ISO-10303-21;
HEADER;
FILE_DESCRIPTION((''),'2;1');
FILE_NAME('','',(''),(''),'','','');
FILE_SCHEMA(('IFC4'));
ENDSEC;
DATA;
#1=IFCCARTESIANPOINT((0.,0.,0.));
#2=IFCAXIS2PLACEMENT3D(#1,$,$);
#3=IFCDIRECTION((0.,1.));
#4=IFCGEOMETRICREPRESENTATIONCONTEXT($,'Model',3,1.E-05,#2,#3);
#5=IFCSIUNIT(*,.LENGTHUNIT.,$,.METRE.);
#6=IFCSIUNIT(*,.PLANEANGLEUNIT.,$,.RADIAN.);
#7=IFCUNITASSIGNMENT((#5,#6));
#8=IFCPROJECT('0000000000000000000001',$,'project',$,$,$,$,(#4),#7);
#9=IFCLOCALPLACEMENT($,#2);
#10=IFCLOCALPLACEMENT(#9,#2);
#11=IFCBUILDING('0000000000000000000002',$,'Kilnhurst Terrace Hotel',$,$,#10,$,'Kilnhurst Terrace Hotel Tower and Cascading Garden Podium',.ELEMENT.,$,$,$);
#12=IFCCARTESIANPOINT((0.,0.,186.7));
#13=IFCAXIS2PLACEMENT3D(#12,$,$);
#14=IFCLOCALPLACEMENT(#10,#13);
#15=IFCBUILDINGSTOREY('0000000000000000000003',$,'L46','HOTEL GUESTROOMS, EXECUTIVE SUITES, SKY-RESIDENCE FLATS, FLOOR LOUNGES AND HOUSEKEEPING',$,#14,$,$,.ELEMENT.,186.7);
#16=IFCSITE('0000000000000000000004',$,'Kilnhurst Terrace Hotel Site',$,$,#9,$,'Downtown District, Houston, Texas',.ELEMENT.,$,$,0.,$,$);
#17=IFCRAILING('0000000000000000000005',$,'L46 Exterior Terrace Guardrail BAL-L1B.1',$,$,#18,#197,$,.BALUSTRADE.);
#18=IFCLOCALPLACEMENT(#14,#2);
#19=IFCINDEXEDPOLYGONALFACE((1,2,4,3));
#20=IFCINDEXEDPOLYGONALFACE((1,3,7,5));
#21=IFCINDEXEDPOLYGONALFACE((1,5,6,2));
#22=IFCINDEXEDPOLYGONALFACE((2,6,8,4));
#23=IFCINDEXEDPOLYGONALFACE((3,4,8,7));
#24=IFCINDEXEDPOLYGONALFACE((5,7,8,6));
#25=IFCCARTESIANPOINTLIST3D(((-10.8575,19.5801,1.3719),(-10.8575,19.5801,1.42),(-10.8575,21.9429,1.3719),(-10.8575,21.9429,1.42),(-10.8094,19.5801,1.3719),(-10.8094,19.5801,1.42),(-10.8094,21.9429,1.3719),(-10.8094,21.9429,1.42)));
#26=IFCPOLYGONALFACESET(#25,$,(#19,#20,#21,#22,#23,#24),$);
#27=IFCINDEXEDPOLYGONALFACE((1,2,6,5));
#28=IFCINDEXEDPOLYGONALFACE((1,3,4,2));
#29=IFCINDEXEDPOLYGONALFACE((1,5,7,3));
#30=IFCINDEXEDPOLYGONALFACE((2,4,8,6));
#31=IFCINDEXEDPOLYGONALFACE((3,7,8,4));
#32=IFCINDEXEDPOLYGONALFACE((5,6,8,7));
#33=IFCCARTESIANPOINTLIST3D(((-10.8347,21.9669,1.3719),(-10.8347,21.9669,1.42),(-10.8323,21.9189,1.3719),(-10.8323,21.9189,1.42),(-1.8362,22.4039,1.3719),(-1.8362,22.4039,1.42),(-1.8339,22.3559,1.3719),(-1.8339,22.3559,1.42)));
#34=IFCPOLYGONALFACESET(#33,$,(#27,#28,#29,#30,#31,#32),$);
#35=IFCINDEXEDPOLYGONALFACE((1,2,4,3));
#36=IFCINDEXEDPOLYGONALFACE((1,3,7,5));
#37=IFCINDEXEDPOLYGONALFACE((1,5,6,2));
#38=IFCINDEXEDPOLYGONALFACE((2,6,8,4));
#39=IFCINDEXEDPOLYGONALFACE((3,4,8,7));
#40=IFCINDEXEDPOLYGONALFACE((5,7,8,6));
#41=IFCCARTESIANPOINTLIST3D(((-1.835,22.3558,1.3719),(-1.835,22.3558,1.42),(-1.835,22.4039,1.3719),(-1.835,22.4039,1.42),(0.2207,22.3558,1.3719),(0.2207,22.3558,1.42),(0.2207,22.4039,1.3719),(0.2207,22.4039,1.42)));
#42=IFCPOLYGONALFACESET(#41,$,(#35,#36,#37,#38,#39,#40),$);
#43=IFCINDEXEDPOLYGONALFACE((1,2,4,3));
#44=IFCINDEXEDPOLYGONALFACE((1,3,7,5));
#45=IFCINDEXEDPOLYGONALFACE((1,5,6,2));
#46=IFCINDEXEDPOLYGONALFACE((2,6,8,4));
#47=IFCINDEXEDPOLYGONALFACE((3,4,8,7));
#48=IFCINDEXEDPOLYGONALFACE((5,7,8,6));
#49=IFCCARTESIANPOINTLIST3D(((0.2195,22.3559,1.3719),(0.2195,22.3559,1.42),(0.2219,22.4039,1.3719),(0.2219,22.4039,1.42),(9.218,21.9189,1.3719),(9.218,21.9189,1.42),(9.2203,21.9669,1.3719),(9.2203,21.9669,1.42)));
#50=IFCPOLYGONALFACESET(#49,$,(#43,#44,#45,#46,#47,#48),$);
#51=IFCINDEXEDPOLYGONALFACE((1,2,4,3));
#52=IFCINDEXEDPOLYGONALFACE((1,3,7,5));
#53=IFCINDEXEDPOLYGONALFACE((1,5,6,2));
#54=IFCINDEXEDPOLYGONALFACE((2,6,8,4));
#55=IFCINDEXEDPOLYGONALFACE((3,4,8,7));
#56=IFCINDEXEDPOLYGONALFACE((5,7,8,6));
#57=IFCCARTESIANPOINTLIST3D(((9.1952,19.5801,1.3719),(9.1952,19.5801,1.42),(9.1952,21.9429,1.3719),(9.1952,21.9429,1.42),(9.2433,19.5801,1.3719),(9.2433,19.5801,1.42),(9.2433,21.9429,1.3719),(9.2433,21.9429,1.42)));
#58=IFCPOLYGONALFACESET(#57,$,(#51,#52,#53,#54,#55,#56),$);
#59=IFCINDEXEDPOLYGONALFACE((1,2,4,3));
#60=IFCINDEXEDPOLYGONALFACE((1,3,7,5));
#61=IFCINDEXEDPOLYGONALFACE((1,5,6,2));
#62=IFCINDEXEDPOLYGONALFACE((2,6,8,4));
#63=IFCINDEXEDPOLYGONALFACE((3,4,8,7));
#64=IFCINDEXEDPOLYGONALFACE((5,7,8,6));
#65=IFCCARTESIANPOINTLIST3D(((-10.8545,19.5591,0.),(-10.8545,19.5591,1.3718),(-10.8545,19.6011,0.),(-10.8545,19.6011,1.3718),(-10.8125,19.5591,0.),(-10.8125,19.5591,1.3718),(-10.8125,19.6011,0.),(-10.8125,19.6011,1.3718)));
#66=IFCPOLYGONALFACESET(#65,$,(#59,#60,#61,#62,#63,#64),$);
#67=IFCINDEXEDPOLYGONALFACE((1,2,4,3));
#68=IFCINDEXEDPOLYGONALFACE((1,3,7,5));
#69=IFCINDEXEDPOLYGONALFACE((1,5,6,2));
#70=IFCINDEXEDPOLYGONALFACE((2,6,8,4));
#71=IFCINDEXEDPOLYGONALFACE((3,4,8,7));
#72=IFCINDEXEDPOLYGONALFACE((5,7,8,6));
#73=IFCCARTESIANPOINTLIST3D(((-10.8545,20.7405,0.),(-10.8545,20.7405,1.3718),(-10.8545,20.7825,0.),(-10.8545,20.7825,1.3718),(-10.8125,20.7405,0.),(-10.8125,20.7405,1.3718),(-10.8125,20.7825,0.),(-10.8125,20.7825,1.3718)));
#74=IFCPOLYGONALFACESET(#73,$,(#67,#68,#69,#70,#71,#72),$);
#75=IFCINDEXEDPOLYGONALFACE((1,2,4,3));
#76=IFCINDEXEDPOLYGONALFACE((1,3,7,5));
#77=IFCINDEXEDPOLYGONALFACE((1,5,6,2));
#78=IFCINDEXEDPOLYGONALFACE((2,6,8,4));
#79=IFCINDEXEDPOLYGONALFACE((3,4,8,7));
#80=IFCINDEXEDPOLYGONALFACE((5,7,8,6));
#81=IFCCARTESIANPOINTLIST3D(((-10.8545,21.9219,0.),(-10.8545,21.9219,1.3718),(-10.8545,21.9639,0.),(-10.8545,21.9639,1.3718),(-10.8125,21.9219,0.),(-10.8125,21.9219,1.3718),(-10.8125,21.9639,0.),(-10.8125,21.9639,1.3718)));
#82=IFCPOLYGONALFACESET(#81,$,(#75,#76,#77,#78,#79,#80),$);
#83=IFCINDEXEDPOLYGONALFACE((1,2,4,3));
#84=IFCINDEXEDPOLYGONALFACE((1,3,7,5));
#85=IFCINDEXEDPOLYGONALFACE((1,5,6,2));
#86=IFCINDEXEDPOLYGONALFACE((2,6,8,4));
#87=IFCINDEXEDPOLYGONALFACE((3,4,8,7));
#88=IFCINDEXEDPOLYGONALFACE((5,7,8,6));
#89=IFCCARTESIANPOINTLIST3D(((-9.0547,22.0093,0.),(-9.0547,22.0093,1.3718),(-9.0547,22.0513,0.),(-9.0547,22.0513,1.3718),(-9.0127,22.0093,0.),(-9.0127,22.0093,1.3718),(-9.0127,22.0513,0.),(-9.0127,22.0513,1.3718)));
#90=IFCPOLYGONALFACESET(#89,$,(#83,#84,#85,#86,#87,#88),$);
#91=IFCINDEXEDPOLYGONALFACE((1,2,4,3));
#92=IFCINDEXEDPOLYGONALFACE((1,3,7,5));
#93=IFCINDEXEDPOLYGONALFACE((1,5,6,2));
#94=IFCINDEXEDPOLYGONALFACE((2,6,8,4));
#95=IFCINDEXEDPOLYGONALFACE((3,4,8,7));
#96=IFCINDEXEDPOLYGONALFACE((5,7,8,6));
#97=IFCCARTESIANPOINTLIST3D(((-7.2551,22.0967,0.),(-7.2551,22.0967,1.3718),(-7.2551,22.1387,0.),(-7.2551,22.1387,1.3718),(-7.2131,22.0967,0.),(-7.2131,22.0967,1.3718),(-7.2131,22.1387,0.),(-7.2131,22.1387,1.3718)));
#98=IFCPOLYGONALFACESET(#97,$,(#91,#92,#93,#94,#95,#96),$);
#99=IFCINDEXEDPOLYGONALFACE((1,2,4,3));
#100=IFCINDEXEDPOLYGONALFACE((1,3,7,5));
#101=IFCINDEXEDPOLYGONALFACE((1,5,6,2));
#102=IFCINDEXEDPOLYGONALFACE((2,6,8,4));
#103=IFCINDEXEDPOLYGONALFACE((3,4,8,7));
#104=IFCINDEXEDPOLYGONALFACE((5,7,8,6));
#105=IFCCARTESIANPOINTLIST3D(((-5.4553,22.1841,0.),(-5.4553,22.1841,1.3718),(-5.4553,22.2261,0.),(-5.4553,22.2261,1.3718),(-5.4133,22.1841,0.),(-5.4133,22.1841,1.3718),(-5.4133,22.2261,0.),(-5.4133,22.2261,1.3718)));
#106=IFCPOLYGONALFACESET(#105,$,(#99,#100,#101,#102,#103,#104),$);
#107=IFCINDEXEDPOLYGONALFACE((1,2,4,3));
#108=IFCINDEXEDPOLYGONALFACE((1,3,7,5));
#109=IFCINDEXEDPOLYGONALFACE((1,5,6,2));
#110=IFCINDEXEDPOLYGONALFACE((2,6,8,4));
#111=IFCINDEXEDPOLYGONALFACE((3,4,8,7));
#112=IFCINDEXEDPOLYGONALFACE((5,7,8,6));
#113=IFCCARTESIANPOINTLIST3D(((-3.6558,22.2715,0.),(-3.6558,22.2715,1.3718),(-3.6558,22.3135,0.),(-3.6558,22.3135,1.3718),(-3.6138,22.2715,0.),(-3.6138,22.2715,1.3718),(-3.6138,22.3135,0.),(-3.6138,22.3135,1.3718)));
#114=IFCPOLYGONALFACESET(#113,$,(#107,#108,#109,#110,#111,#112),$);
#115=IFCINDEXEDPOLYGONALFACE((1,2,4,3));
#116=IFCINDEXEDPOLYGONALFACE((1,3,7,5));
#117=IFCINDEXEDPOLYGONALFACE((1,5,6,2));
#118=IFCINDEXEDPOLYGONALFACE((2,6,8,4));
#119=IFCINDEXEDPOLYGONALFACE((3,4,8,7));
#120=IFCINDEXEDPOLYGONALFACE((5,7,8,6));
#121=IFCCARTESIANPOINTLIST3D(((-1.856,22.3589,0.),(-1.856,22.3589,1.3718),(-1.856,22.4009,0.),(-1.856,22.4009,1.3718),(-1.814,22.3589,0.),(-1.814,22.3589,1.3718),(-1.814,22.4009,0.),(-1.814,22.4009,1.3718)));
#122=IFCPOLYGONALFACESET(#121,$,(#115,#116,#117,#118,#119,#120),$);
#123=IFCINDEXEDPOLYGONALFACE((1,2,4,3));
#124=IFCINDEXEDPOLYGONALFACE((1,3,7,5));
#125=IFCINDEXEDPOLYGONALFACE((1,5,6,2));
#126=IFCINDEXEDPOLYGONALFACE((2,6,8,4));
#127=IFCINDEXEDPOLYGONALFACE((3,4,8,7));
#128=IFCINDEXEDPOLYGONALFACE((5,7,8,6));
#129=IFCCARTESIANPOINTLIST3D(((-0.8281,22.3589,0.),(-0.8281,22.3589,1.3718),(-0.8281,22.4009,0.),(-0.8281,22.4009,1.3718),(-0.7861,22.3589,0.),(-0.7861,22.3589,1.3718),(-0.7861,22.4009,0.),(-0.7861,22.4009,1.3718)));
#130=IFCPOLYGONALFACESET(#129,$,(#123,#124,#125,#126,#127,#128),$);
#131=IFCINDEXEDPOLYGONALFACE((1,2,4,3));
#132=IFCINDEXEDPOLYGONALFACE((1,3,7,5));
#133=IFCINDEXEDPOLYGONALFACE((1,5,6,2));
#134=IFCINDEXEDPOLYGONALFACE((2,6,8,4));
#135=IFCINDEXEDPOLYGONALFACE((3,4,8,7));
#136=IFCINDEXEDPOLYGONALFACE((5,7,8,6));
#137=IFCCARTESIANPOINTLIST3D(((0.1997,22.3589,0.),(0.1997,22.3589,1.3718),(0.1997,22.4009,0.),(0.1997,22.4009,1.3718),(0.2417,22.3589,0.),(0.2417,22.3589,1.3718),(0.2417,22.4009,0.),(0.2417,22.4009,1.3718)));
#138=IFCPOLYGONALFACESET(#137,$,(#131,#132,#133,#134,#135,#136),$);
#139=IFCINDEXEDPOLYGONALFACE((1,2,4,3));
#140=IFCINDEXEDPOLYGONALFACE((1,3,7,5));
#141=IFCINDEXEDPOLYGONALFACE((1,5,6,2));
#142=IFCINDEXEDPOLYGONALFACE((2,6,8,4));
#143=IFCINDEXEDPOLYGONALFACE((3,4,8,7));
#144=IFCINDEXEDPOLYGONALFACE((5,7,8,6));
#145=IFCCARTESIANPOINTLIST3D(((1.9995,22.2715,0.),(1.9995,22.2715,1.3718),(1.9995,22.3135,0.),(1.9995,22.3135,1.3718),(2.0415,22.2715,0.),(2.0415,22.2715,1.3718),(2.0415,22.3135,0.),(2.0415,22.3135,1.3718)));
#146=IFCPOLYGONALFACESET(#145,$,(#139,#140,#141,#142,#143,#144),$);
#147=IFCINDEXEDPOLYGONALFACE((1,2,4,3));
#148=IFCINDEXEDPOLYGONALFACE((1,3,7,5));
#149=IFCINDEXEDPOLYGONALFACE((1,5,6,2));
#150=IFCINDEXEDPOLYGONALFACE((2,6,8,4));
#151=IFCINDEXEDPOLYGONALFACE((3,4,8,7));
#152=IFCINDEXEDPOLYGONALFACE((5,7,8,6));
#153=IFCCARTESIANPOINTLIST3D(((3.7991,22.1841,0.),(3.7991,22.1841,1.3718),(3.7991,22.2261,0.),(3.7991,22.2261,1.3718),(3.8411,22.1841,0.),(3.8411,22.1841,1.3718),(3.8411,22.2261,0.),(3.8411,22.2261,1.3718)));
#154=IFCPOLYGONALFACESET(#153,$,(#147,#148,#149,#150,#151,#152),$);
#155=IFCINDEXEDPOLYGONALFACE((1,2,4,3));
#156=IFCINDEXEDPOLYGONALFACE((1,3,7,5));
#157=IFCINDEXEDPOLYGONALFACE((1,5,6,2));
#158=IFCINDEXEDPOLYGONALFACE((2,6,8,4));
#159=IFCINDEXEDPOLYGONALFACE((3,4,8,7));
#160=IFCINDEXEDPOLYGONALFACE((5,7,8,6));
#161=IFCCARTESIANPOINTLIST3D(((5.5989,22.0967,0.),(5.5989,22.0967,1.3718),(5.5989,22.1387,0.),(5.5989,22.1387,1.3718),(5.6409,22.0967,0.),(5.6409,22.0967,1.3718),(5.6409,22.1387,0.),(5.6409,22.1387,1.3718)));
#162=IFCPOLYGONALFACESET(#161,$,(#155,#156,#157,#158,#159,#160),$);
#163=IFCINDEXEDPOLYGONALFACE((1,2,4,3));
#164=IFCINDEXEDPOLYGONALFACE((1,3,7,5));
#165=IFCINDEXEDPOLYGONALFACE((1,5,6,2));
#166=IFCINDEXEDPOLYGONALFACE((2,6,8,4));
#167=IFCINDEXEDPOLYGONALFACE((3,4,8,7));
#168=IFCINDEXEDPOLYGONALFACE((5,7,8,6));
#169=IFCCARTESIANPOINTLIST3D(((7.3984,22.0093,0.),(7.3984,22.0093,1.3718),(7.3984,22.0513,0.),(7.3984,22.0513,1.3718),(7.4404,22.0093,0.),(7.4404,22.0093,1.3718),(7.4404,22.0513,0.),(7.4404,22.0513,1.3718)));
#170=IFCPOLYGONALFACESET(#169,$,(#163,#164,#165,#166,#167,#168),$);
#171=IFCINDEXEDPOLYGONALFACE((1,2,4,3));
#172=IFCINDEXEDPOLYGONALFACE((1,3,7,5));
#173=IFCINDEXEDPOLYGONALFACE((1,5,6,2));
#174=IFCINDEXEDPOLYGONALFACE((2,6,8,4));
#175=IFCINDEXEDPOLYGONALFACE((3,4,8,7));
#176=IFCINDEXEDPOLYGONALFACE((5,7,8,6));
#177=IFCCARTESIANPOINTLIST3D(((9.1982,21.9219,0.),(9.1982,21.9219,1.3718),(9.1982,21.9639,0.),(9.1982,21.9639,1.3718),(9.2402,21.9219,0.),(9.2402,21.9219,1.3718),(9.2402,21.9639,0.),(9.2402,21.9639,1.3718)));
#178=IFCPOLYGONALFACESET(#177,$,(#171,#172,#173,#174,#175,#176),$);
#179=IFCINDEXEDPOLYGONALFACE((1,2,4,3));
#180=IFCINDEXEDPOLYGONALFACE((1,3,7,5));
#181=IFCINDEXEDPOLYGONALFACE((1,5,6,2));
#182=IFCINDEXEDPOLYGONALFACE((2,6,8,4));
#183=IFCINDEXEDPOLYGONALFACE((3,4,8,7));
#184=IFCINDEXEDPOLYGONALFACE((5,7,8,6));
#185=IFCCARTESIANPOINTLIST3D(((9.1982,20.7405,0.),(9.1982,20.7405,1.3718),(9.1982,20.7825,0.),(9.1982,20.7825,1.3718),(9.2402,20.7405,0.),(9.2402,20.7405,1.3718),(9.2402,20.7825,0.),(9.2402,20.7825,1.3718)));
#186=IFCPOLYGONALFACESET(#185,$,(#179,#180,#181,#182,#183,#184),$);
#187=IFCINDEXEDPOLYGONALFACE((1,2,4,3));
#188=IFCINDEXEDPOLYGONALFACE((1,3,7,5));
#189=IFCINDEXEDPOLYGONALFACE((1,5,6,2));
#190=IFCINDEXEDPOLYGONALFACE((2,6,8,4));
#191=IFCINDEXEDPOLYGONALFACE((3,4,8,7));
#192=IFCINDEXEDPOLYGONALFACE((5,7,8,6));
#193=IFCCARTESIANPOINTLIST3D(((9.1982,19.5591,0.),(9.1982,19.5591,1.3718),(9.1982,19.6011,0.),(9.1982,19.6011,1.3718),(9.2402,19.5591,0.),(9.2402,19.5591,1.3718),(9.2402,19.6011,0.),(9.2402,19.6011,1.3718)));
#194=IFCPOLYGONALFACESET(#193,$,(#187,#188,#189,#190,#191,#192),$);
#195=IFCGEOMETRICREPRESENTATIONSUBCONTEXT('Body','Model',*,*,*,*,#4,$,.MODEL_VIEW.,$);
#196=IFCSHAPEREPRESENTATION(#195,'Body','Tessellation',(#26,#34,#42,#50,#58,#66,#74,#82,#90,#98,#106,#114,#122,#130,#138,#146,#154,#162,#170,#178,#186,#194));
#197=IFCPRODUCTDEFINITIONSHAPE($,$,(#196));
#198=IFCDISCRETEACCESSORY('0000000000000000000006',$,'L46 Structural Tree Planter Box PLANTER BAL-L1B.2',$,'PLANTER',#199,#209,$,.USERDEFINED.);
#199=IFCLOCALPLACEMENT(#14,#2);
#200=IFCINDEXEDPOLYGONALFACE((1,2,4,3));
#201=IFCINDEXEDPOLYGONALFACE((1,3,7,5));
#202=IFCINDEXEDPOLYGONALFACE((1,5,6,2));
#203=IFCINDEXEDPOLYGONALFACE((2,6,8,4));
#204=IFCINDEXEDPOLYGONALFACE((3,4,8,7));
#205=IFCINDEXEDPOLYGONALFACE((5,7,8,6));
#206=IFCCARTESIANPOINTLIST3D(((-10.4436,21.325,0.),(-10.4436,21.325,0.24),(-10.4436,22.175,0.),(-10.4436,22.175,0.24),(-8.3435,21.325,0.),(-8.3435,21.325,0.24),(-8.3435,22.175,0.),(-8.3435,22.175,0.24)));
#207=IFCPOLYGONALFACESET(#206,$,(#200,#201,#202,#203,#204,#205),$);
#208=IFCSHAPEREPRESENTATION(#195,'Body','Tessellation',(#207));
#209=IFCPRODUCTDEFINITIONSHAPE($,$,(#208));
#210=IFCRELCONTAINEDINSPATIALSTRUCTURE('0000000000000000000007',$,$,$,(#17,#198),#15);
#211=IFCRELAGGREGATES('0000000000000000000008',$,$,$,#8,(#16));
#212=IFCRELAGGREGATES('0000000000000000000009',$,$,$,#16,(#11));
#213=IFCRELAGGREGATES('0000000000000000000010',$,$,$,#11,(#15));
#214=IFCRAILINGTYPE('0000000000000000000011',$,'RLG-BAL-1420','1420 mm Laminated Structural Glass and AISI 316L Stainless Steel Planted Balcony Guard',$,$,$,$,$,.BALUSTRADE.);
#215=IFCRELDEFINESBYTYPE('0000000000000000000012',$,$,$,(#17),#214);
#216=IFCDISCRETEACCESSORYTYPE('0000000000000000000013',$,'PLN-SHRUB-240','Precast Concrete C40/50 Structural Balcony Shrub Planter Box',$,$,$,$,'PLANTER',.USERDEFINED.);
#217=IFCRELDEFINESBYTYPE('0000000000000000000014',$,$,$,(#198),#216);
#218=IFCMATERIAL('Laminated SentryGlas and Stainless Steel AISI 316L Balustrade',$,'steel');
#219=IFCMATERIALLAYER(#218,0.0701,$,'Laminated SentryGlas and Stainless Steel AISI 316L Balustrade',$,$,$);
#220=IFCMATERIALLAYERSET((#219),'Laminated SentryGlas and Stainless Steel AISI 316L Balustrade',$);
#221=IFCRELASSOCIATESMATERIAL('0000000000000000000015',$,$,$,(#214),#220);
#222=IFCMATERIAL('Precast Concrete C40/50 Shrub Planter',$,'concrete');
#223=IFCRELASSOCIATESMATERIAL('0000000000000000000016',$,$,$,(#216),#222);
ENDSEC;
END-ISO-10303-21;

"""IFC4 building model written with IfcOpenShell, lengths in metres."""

from ifc_helpers import new_model, si_unit, direction, frame, origin, origin_2d, place, context, subcontext, project, spatial, rectangle, extrude, material, layer, layer_set, type_object, element, save


model = new_model("IFC4")

# Units and contexts
model_context = context("Model", 3, precision=1e-05, world=origin(), true_north=direction((0.0, 1.0)))
body_context = subcontext(model_context, "Body", "Model", "MODEL_VIEW")
ifc_project = project(units=[si_unit("LENGTHUNIT", "METRE"), si_unit("PLANEANGLEUNIT", "RADIAN")], contexts=[model_context])

# Site, building, storey
site_placement = place(None, origin())
site = spatial("IfcSite", under=ifc_project, at=site_placement, Name="Kilnhurst Terrace Hotel Site", LongName="Downtown District, Houston, Texas", CompositionType="ELEMENT", RefElevation=0.0)
building_placement = place(site_placement, origin())
building = spatial("IfcBuilding", under=site, at=building_placement, Name="Kilnhurst Terrace Hotel", LongName="Kilnhurst Terrace Hotel Tower and Cascading Garden Podium", CompositionType="ELEMENT")
storey_placement = place(building_placement, frame((0.0, 0.0, 186.7)))
storey = spatial("IfcBuildingStorey", under=building, at=storey_placement, Name="L46", Description="HOTEL GUESTROOMS, EXECUTIVE SUITES, SKY-RESIDENCE FLATS, FLOOR LOUNGES AND HOUSEKEEPING", CompositionType="ELEMENT", Elevation=186.7)

# Railing
ifc_material_1 = material(Name="Laminated SentryGlas and Stainless Steel AISI 316L Balustrade", Category="steel")
ifc_layer_1 = layer(ifc_material_1, 0.0701, Name="Laminated SentryGlas and Stainless Steel AISI 316L Balustrade")
ifc_layer_set_1 = layer_set([ifc_layer_1], Name="Laminated SentryGlas and Stainless Steel AISI 316L Balustrade")
railing_type = type_object("IfcRailingType", Name="RLG-BAL-1420", Description="1420 mm Laminated Structural Glass and AISI 316L Stainless Steel Planted Balcony Guard", PredefinedType="BALUSTRADE", material=ifc_layer_set_1)
railing_placement = place(storey_placement, frame((-10.8335, 19.5801, 0.0)))
element("IfcRailing", 1, at=railing_placement, inside=storey, type_object=railing_type, Name="L46 Exterior Terrace Guardrail BAL-L1B.1", PredefinedType="BALUSTRADE", context=body_context, shape_type="SweptSolid", body=[
    extrude(rectangle(XDim=0.0481, YDim=0.0481, at=origin_2d()), frame((0.0, 0.0, 1.396), z_axis=(0.0, 1.0, 0.0), x_axis=(-1.0, 0.0, 0.0)), (0.0, 0.0, 1.0), 2.3628),
    extrude(rectangle(XDim=0.0481, YDim=0.0481, at=origin_2d()), frame((0.0, 2.3628, 1.396), z_axis=(0.998823, 0.048508, 0.0), x_axis=(-0.048508, 0.998823, 0.0)), (0.0, 0.0, 1.0), 9.009),
    extrude(rectangle(XDim=0.0481, YDim=0.0481, at=origin_2d()), frame((8.9985, 2.7998, 1.396), z_axis=(1.0, 0.0, 0.0), x_axis=(0.0, 1.0, 0.0)), (0.0, 0.0, 1.0), 2.0557),
    extrude(rectangle(XDim=0.0481, YDim=0.0481, at=origin_2d()), frame((11.0542, 2.7998, 1.396), z_axis=(0.998823, -0.048508, 0.0), x_axis=(0.048508, 0.998823, 0.0)), (0.0, 0.0, 1.0), 9.009),
    extrude(rectangle(XDim=0.0481, YDim=0.0481, at=origin_2d()), frame((20.0527, 2.3628, 1.396), z_axis=(0.0, -1.0, 0.0), x_axis=(1.0, 0.0, 0.0)), (0.0, 0.0, 1.0), 2.3628),
    extrude(rectangle(XDim=0.042, YDim=0.042, at=origin_2d()), origin(), (0.0, 0.0, 1.0), 1.3718),
    extrude(rectangle(XDim=0.042, YDim=0.042, at=origin_2d()), frame((0.0, 1.1814, 0.0)), (0.0, 0.0, 1.0), 1.3718),
    extrude(rectangle(XDim=0.042, YDim=0.042, at=origin_2d()), frame((0.0, 2.3628, 0.0)), (0.0, 0.0, 1.0), 1.3718),
    extrude(rectangle(XDim=0.042, YDim=0.042, at=origin_2d()), frame((1.7998, 2.4502, 0.0)), (0.0, 0.0, 1.0), 1.3718),
    extrude(rectangle(XDim=0.042, YDim=0.042, at=origin_2d()), frame((3.5994, 2.5376, 0.0)), (0.0, 0.0, 1.0), 1.3718),
    extrude(rectangle(XDim=0.042, YDim=0.042, at=origin_2d()), frame((5.3992, 2.625, 0.0)), (0.0, 0.0, 1.0), 1.3718),
    extrude(rectangle(XDim=0.042, YDim=0.042, at=origin_2d()), frame((7.1987, 2.7124, 0.0)), (0.0, 0.0, 1.0), 1.3718),
    extrude(rectangle(XDim=0.042, YDim=0.042, at=origin_2d()), frame((8.9985, 2.7998, 0.0)), (0.0, 0.0, 1.0), 1.3718),
    extrude(rectangle(XDim=0.042, YDim=0.042, at=origin_2d()), frame((10.0264, 2.7998, 0.0)), (0.0, 0.0, 1.0), 1.3718),
    extrude(rectangle(XDim=0.042, YDim=0.042, at=origin_2d()), frame((11.0542, 2.7998, 0.0)), (0.0, 0.0, 1.0), 1.3718),
    extrude(rectangle(XDim=0.042, YDim=0.042, at=origin_2d()), frame((12.854, 2.7124, 0.0)), (0.0, 0.0, 1.0), 1.3718),
    extrude(rectangle(XDim=0.042, YDim=0.042, at=origin_2d()), frame((14.6536, 2.625, 0.0)), (0.0, 0.0, 1.0), 1.3718),
    extrude(rectangle(XDim=0.042, YDim=0.042, at=origin_2d()), frame((16.4534, 2.5376, 0.0)), (0.0, 0.0, 1.0), 1.3718),
    extrude(rectangle(XDim=0.042, YDim=0.042, at=origin_2d()), frame((18.2529, 2.4502, 0.0)), (0.0, 0.0, 1.0), 1.3718),
    extrude(rectangle(XDim=0.042, YDim=0.042, at=origin_2d()), frame((20.0527, 2.3628, 0.0)), (0.0, 0.0, 1.0), 1.3718),
    extrude(rectangle(XDim=0.042, YDim=0.042, at=origin_2d()), frame((20.0527, 1.1814, 0.0)), (0.0, 0.0, 1.0), 1.3718),
    extrude(rectangle(XDim=0.042, YDim=0.042, at=origin_2d()), frame((20.0527, 0.0, 0.0)), (0.0, 0.0, 1.0), 1.3718),
])

# Discrete accessory
ifc_material_2 = material(Name="Precast Concrete C40/50 Shrub Planter", Category="concrete")
discrete_accessory_type = type_object("IfcDiscreteAccessoryType", Name="PLN-SHRUB-240", Description="Precast Concrete C40/50 Structural Balcony Shrub Planter Box", ElementType="PLANTER", PredefinedType="USERDEFINED", material=ifc_material_2)
discrete_accessory_placement = place(storey_placement, frame((-9.3936, 21.75, 0.0), z_axis=(0.0, 0.0, 1.0), x_axis=(-1.0, 0.0, 0.0)))
element("IfcDiscreteAccessory", 2, at=discrete_accessory_placement, inside=storey, type_object=discrete_accessory_type, Name="L46 Structural Tree Planter Box PLANTER BAL-L1B.2", ObjectType="PLANTER", PredefinedType="USERDEFINED", context=body_context, shape_type="SweptSolid", body=[
    extrude(rectangle(XDim=2.1001, YDim=0.8501, at=origin_2d()), origin(), (0.0, 0.0, 1.0), 0.24),
])

save(model, "model.ifc")
